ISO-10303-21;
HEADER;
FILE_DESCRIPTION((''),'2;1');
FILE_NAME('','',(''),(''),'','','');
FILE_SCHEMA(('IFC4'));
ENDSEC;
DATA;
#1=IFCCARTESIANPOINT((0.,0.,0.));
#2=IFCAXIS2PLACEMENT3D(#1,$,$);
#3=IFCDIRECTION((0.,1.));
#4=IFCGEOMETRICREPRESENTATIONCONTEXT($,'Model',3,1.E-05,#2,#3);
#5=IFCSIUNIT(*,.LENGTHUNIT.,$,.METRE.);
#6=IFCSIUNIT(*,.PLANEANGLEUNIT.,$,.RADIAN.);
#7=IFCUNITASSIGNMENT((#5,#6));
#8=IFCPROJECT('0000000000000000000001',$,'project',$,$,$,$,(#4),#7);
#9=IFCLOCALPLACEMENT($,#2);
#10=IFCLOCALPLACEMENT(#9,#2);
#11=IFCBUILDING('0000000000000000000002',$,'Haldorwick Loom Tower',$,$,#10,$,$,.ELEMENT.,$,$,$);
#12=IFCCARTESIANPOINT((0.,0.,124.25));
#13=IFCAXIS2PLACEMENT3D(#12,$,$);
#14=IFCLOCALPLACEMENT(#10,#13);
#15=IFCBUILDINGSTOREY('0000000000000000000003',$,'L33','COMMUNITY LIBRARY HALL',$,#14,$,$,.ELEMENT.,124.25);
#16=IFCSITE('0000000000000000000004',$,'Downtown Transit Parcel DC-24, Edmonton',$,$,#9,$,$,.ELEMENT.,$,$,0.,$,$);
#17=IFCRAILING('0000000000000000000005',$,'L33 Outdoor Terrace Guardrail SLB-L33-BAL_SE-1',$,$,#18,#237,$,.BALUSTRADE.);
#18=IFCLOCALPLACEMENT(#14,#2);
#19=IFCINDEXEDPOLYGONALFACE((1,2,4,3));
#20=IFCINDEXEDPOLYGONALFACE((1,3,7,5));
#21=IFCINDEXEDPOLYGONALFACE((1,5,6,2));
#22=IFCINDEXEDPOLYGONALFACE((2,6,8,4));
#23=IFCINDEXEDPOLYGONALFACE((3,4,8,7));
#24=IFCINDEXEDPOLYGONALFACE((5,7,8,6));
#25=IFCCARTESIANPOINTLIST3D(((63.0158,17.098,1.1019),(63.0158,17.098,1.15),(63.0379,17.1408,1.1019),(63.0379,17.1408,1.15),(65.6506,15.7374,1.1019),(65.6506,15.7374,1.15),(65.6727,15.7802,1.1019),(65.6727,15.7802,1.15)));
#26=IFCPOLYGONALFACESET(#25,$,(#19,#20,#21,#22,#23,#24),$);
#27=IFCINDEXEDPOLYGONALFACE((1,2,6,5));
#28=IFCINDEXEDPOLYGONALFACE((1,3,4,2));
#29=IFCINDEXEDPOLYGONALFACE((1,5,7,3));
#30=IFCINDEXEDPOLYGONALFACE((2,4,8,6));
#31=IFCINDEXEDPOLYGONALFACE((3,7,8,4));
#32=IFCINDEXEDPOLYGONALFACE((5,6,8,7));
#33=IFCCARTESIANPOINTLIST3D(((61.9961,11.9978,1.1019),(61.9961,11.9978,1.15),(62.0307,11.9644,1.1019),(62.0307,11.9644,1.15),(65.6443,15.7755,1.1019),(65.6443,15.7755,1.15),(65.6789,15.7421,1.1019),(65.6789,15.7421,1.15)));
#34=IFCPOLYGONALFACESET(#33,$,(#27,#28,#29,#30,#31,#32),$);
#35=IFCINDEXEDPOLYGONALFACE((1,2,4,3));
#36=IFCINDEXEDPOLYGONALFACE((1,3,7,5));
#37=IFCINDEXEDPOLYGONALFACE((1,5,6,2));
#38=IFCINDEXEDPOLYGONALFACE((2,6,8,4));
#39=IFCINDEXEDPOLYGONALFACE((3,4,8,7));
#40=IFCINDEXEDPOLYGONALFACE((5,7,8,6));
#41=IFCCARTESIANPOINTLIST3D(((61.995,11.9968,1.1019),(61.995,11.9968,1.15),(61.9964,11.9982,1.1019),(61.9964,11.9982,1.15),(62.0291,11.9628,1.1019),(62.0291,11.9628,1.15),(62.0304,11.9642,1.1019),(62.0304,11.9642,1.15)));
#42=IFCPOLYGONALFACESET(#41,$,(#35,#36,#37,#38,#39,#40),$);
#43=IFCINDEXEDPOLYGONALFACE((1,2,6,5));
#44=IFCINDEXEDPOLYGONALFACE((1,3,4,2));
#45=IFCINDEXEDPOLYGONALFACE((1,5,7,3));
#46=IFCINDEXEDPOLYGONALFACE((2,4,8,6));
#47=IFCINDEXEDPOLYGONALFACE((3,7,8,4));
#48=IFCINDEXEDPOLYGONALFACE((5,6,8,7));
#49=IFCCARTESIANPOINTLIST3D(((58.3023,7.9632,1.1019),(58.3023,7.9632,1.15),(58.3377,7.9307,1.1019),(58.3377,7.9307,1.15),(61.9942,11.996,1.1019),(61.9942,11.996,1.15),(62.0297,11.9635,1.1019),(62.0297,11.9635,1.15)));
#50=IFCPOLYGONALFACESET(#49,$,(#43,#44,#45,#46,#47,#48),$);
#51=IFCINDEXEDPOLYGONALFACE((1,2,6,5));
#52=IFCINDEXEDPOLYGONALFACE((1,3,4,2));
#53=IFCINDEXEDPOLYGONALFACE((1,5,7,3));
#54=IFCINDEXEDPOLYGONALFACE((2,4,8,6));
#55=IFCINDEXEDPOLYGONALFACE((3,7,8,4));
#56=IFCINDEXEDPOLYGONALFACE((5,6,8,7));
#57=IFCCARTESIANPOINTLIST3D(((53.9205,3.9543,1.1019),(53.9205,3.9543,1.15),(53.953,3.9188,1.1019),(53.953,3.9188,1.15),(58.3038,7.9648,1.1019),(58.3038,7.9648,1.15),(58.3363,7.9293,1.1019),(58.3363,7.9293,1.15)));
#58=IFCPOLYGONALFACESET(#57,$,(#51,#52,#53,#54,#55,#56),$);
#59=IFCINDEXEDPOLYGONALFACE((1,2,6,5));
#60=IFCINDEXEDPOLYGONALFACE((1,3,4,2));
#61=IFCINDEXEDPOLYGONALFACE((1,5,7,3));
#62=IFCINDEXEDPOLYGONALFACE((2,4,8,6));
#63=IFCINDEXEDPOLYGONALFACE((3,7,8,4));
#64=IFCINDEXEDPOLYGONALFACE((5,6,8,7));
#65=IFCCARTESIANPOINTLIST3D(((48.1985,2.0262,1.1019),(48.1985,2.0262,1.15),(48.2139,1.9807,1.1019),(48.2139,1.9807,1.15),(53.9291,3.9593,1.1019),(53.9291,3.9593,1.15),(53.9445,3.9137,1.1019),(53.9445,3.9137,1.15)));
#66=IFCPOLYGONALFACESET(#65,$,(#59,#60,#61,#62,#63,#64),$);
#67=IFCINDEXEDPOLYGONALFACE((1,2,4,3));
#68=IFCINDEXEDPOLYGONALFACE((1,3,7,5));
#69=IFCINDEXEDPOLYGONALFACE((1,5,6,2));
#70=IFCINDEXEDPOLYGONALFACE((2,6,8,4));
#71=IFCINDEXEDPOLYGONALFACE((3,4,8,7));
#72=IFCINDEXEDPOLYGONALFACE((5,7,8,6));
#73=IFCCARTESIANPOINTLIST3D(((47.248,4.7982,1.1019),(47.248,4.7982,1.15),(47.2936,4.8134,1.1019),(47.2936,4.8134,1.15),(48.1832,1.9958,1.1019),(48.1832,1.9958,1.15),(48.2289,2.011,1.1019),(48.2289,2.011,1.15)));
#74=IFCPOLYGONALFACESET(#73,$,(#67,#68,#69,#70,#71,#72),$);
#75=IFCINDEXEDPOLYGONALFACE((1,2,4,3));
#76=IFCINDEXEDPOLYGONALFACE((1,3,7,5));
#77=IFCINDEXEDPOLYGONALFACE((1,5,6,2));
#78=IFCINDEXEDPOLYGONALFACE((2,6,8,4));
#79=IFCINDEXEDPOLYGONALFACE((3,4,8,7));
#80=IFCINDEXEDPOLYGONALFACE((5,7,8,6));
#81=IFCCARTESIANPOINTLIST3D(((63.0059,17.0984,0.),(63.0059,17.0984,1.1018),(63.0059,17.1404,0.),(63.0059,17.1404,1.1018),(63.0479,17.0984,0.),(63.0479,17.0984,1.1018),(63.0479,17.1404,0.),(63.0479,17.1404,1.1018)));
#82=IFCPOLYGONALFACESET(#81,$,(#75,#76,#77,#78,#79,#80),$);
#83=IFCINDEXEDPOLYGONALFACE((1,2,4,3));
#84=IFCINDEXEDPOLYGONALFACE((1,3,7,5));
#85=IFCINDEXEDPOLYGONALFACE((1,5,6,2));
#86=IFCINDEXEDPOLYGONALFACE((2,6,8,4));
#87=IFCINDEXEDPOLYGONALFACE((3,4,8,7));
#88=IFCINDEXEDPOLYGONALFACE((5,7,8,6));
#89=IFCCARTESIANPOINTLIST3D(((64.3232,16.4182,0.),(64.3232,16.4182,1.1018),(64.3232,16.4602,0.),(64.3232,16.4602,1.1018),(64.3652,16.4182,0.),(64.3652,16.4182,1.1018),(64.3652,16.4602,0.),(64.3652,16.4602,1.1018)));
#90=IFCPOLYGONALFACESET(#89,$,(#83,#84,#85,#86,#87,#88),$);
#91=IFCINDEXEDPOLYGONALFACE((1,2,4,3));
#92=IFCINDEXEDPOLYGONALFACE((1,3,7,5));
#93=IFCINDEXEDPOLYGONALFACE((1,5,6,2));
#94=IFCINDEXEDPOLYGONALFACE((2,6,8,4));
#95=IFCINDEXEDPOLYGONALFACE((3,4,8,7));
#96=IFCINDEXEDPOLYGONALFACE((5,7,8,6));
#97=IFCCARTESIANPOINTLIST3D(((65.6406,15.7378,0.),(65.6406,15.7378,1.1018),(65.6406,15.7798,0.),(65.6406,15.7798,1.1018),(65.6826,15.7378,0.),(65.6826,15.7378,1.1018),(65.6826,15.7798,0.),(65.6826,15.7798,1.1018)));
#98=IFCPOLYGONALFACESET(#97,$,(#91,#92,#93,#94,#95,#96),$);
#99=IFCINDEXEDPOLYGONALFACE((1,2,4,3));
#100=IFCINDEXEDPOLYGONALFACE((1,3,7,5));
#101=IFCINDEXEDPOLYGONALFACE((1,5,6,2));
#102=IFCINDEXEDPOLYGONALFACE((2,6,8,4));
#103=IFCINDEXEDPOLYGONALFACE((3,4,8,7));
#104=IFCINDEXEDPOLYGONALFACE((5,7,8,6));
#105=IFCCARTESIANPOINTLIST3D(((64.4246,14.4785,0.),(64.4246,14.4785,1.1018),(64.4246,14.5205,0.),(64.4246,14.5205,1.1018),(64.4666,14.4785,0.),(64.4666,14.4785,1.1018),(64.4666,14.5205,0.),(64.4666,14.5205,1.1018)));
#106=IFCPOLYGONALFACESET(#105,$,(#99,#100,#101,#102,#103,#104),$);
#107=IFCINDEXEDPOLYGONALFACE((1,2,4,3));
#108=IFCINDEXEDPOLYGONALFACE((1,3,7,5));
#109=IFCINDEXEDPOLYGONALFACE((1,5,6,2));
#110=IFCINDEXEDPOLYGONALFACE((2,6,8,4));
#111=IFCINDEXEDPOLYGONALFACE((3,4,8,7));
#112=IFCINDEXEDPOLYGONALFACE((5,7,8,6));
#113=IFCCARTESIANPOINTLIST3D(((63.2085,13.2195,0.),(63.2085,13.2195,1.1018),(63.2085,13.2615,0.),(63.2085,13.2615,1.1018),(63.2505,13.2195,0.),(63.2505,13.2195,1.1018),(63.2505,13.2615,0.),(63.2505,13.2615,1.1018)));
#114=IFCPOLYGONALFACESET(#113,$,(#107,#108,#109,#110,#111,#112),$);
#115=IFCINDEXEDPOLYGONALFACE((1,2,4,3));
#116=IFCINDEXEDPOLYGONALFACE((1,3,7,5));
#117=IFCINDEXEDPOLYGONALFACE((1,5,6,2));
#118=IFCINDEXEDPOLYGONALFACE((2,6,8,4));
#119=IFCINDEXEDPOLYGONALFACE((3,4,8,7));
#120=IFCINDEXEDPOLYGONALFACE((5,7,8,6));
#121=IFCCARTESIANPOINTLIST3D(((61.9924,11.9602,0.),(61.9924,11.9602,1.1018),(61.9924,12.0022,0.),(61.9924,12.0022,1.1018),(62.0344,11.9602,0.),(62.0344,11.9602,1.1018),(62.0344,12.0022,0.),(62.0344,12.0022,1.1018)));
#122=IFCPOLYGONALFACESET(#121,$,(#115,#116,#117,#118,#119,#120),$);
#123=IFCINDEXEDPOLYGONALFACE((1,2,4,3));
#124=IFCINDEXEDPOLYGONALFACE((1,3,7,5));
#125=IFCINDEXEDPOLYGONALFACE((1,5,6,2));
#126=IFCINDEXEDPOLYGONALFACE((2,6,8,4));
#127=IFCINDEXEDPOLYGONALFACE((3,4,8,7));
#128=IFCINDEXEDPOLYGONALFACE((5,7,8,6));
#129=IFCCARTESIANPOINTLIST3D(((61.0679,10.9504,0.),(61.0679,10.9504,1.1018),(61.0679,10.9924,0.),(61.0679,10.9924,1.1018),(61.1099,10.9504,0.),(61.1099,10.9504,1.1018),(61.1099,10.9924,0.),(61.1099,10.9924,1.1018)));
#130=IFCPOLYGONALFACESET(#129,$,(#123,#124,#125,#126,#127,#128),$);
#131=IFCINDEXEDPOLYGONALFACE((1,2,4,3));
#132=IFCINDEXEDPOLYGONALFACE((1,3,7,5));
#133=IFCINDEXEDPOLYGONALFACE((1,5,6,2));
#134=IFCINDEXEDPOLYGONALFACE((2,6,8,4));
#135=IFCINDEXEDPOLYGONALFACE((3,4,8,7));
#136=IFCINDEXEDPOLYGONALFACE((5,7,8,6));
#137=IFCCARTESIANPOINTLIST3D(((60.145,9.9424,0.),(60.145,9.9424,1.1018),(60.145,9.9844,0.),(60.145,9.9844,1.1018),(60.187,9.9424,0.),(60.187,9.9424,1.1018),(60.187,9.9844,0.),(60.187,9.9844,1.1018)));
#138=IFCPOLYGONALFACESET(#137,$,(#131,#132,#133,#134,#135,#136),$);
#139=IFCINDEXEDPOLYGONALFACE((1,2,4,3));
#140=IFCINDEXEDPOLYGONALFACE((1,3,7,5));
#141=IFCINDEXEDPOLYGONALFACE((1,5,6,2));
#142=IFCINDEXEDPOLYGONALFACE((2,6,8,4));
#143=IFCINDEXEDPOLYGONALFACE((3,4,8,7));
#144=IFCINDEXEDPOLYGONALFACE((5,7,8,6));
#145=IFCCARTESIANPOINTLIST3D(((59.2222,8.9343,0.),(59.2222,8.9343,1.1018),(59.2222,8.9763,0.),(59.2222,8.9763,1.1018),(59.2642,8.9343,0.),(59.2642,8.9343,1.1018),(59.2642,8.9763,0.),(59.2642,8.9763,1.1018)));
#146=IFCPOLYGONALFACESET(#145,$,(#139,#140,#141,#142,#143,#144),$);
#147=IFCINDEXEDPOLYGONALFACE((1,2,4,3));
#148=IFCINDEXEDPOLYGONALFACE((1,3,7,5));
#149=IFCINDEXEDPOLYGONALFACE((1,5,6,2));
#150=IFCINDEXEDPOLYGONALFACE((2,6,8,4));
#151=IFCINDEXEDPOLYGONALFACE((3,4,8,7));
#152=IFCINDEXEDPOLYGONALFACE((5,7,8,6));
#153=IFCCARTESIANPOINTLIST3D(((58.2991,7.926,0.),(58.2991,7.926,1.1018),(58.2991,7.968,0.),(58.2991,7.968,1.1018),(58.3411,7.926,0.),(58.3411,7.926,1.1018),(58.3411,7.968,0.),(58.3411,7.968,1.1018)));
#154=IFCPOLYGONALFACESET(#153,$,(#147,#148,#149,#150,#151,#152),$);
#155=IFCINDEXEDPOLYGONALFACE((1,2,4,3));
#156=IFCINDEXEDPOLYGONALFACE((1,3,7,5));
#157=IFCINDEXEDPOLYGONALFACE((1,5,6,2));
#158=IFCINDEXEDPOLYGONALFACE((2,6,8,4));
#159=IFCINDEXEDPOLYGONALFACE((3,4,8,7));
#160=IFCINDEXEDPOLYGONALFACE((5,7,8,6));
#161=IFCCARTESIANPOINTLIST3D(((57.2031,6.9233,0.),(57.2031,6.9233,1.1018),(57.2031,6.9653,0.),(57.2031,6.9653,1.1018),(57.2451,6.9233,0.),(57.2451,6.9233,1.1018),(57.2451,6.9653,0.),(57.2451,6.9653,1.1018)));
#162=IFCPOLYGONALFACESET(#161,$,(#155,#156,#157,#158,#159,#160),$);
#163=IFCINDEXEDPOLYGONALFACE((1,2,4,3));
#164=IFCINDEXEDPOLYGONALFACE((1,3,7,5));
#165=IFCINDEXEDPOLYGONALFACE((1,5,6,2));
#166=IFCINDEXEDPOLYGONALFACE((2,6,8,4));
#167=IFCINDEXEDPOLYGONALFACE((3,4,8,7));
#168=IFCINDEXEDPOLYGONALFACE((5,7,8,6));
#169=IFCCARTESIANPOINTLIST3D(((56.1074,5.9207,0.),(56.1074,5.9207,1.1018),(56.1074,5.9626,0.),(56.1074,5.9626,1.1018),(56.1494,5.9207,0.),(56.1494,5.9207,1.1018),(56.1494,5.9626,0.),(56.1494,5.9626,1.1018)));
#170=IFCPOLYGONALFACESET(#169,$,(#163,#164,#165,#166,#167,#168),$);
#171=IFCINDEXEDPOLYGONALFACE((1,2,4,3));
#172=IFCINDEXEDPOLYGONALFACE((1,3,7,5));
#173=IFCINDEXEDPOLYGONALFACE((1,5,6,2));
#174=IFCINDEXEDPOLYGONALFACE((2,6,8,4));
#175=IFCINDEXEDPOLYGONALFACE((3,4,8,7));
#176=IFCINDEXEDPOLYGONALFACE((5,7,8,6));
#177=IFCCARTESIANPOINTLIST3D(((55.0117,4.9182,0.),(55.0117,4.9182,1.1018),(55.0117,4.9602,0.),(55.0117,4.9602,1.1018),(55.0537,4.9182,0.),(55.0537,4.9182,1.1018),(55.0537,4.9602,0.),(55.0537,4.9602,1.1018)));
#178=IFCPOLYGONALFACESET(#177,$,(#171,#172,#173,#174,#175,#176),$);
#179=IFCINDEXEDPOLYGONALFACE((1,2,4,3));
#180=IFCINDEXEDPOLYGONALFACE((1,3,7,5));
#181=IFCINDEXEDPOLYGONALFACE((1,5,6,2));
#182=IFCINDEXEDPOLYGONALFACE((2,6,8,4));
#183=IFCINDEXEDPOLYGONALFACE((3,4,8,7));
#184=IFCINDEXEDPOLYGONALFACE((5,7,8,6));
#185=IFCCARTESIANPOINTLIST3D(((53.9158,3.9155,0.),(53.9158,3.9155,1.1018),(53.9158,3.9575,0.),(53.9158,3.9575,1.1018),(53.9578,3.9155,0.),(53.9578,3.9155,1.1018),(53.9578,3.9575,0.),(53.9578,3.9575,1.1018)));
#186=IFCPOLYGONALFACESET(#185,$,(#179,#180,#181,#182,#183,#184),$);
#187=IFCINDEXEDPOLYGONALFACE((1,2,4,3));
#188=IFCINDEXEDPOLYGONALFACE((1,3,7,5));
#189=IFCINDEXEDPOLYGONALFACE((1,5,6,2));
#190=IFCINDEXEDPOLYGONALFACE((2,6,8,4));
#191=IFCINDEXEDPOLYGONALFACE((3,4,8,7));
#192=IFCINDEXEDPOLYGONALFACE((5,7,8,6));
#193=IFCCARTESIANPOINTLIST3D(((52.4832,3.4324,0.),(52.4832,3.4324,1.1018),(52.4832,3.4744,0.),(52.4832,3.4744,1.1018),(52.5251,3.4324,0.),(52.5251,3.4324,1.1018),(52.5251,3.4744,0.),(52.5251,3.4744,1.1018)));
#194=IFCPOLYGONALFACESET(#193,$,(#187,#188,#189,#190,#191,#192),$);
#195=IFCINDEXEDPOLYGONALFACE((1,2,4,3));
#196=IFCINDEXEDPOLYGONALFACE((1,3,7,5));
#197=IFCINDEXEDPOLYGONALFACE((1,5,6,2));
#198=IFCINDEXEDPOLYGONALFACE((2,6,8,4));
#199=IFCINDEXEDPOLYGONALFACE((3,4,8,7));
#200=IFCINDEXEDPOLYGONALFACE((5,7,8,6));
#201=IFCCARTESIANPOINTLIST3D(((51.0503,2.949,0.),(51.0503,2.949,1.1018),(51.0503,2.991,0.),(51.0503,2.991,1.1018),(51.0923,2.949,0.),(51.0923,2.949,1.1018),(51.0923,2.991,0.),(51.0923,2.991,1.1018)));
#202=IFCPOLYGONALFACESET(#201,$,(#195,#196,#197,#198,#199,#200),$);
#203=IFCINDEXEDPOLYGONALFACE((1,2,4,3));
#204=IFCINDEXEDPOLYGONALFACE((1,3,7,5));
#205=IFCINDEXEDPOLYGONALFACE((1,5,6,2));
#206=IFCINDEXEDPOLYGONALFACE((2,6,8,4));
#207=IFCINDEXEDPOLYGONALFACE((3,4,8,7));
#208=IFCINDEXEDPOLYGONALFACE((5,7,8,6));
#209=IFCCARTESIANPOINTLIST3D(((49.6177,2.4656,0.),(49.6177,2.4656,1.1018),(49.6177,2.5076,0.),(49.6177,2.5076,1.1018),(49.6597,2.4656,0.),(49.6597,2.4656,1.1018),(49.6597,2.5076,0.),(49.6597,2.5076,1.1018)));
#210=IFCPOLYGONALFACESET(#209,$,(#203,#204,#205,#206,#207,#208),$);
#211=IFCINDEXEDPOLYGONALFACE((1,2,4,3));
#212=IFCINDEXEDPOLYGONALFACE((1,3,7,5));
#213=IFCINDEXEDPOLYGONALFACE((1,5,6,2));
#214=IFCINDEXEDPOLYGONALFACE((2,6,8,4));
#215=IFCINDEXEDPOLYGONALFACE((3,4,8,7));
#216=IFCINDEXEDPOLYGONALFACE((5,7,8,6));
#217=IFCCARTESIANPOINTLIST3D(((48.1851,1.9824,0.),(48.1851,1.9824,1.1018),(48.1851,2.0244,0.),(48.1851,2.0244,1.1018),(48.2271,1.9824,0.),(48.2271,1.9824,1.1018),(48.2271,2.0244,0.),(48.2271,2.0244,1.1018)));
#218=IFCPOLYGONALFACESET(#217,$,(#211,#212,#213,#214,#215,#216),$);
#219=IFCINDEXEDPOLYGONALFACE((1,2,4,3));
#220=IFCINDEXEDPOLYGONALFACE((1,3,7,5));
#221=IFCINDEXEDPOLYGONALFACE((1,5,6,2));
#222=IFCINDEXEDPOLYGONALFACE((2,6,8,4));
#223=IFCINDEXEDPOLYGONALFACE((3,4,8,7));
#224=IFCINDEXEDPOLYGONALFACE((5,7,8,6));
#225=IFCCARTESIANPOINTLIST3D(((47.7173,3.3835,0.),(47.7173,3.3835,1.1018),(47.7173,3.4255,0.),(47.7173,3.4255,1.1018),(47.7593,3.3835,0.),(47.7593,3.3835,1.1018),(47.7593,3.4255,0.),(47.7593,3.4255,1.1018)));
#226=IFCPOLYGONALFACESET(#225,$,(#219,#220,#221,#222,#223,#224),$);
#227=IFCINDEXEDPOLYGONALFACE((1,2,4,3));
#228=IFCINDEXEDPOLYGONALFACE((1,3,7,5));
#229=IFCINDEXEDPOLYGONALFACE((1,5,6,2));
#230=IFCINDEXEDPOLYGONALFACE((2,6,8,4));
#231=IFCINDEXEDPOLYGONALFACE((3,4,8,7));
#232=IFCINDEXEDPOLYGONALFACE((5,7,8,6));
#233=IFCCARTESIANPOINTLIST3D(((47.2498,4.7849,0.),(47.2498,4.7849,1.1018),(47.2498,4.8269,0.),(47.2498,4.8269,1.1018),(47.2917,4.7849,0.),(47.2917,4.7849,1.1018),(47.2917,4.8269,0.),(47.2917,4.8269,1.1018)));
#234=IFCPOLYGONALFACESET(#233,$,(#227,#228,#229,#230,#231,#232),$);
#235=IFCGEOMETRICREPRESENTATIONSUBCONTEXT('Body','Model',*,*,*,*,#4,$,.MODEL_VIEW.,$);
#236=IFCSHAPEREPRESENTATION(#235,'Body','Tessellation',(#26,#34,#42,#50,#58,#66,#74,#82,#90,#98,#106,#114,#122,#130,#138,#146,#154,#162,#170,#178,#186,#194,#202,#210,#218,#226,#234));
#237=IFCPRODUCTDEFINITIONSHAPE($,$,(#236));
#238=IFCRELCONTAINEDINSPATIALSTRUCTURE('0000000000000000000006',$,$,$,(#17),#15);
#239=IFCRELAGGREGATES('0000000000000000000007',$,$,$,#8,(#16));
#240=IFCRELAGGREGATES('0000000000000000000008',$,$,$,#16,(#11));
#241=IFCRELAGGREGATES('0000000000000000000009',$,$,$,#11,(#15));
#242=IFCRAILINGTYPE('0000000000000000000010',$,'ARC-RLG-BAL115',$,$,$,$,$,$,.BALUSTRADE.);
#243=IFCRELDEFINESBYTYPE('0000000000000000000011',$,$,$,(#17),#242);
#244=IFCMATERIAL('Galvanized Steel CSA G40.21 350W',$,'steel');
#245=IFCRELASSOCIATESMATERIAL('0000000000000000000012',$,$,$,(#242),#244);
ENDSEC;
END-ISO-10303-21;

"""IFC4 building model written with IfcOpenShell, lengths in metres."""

from ifc_helpers import new_model, si_unit, direction, frame, origin, origin_2d, place, context, subcontext, project, spatial, rectangle, extrude, material, type_object, element, save


model = new_model("IFC4")

# Units and contexts
model_context = context("Model", 3, precision=1e-05, world=origin(), true_north=direction((0.0, 1.0)))
body_context = subcontext(model_context, "Body", "Model", "MODEL_VIEW")
ifc_project = project(units=[si_unit("LENGTHUNIT", "METRE"), si_unit("PLANEANGLEUNIT", "RADIAN")], contexts=[model_context])

# Site, building, storey
site_placement = place(None, origin())
site = spatial("IfcSite", under=ifc_project, at=site_placement, Name="Downtown Transit Parcel DC-24, Edmonton", CompositionType="ELEMENT", RefElevation=0.0)
building_placement = place(site_placement, origin())
building = spatial("IfcBuilding", under=site, at=building_placement, Name="Haldorwick Loom Tower", CompositionType="ELEMENT")
storey_placement = place(building_placement, frame((0.0, 0.0, 124.25)))
storey = spatial("IfcBuildingStorey", under=building, at=storey_placement, Name="L33", Description="COMMUNITY LIBRARY HALL", CompositionType="ELEMENT", Elevation=124.25)

# Railing
ifc_material_1 = material(Name="Galvanized Steel CSA G40.21 350W", Category="steel")
railing_type = type_object("IfcRailingType", Name="ARC-RLG-BAL115", PredefinedType="BALUSTRADE", material=ifc_material_1)
railing_placement = place(storey_placement, frame((63.0269, 17.1194, 0.0)))
element("IfcRailing", 1, at=railing_placement, inside=storey, type_object=railing_type, Name="L33 Outdoor Terrace Guardrail SLB-L33-BAL_SE-1", PredefinedType="BALUSTRADE", context=body_context, shape_type="SweptSolid", body=[
    extrude(rectangle(XDim=0.0481, YDim=0.0481, at=origin_2d()), frame((0.0, 0.0, 1.126), z_axis=(0.888522, -0.458834, 0.0), x_axis=(0.458834, 0.888522, 0.0)), (0.0, 0.0, 1.0), 2.9653),
    extrude(rectangle(XDim=0.0481, YDim=0.0481, at=origin_2d()), frame((2.6348, -1.3606, 1.126), z_axis=(-0.69468, -0.719319, 0.0), x_axis=(0.719319, -0.69468, 0.0)), (0.0, 0.0, 1.0), 5.2517),
    extrude(rectangle(XDim=0.0481, YDim=0.0481, at=origin_2d()), frame((-1.0134, -5.1382, 1.126), z_axis=(-0.707107, -0.707107, 0.0), x_axis=(0.707107, -0.707107, 0.0)), (0.0, 0.0, 1.0), 0.002),
    extrude(rectangle(XDim=0.0481, YDim=0.0481, at=origin_2d()), frame((-1.0149, -5.1396, 1.126), z_axis=(-0.675251, -0.737588, 0.0), x_axis=(0.737588, -0.675251, 0.0)), (0.0, 0.0, 1.0), 5.4675),
    extrude(rectangle(XDim=0.0481, YDim=0.0481, at=origin_2d()), frame((-4.7068, -9.1724, 1.126), z_axis=(-0.737785, -0.675036, 0.0), x_axis=(0.675036, -0.737785, 0.0)), (0.0, 0.0, 1.0), 5.9412),
    extrude(rectangle(XDim=0.0481, YDim=0.0481, at=origin_2d()), frame((-9.0901, -13.1829, 1.126), z_axis=(-0.947543, -0.319629, 0.0), x_axis=(0.319629, -0.947543, 0.0)), (0.0, 0.0, 1.0), 6.0479),
    extrude(rectangle(XDim=0.0481, YDim=0.0481, at=origin_2d()), frame((-14.8208, -15.116, 1.126), z_axis=(-0.316575, 0.948568, 0.0), x_axis=(-0.948568, -0.316575, 0.0)), (0.0, 0.0, 1.0), 2.9543),
    extrude(rectangle(XDim=0.042, YDim=0.042, at=origin_2d()), origin(), (0.0, 0.0, 1.0), 1.1018),
    extrude(rectangle(XDim=0.042, YDim=0.042, at=origin_2d()), frame((1.3174, -0.6802, 0.0)), (0.0, 0.0, 1.0), 1.1018),
    extrude(rectangle(XDim=0.042, YDim=0.042, at=origin_2d()), frame((2.6348, -1.3606, 0.0)), (0.0, 0.0, 1.0), 1.1018),
    extrude(rectangle(XDim=0.042, YDim=0.042, at=origin_2d()), frame((1.4187, -2.6199, 0.0)), (0.0, 0.0, 1.0), 1.1018),
    extrude(rectangle(XDim=0.042, YDim=0.042, at=origin_2d()), frame((0.2026, -3.8789, 0.0)), (0.0, 0.0, 1.0), 1.1018),
    extrude(rectangle(XDim=0.042, YDim=0.042, at=origin_2d()), frame((-1.0134, -5.1382, 0.0)), (0.0, 0.0, 1.0), 1.1018),
    extrude(rectangle(XDim=0.042, YDim=0.042, at=origin_2d()), frame((-1.938, -6.1479, 0.0)), (0.0, 0.0, 1.0), 1.1018),
    extrude(rectangle(XDim=0.042, YDim=0.042, at=origin_2d()), frame((-2.8608, -7.156, 0.0)), (0.0, 0.0, 1.0), 1.1018),
    extrude(rectangle(XDim=0.042, YDim=0.042, at=origin_2d()), frame((-3.7837, -8.1641, 0.0)), (0.0, 0.0, 1.0), 1.1018),
    extrude(rectangle(XDim=0.042, YDim=0.042, at=origin_2d()), frame((-4.7068, -9.1724, 0.0)), (0.0, 0.0, 1.0), 1.1018),
    extrude(rectangle(XDim=0.042, YDim=0.042, at=origin_2d()), frame((-5.8027, -10.175, 0.0)), (0.0, 0.0, 1.0), 1.1018),
    extrude(rectangle(XDim=0.042, YDim=0.042, at=origin_2d()), frame((-6.8984, -11.1777, 0.0)), (0.0, 0.0, 1.0), 1.1018),
    extrude(rectangle(XDim=0.042, YDim=0.042, at=origin_2d()), frame((-7.9941, -12.1802, 0.0)), (0.0, 0.0, 1.0), 1.1018),
    extrude(rectangle(XDim=0.042, YDim=0.042, at=origin_2d()), frame((-9.0901, -13.1829, 0.0)), (0.0, 0.0, 1.0), 1.1018),
    extrude(rectangle(XDim=0.042, YDim=0.042, at=origin_2d()), frame((-10.5227, -13.666, 0.0)), (0.0, 0.0, 1.0), 1.1018),
    extrude(rectangle(XDim=0.042, YDim=0.042, at=origin_2d()), frame((-11.9556, -14.1494, 0.0)), (0.0, 0.0, 1.0), 1.1018),
    extrude(rectangle(XDim=0.042, YDim=0.042, at=origin_2d()), frame((-13.3882, -14.6328, 0.0)), (0.0, 0.0, 1.0), 1.1018),
    extrude(rectangle(XDim=0.042, YDim=0.042, at=origin_2d()), frame((-14.8208, -15.116, 0.0)), (0.0, 0.0, 1.0), 1.1018),
    extrude(rectangle(XDim=0.042, YDim=0.042, at=origin_2d()), frame((-15.2886, -13.7148, 0.0)), (0.0, 0.0, 1.0), 1.1018),
    extrude(rectangle(XDim=0.042, YDim=0.042, at=origin_2d()), frame((-15.7561, -12.3135, 0.0)), (0.0, 0.0, 1.0), 1.1018),
])

save(model, "model.ifc")
